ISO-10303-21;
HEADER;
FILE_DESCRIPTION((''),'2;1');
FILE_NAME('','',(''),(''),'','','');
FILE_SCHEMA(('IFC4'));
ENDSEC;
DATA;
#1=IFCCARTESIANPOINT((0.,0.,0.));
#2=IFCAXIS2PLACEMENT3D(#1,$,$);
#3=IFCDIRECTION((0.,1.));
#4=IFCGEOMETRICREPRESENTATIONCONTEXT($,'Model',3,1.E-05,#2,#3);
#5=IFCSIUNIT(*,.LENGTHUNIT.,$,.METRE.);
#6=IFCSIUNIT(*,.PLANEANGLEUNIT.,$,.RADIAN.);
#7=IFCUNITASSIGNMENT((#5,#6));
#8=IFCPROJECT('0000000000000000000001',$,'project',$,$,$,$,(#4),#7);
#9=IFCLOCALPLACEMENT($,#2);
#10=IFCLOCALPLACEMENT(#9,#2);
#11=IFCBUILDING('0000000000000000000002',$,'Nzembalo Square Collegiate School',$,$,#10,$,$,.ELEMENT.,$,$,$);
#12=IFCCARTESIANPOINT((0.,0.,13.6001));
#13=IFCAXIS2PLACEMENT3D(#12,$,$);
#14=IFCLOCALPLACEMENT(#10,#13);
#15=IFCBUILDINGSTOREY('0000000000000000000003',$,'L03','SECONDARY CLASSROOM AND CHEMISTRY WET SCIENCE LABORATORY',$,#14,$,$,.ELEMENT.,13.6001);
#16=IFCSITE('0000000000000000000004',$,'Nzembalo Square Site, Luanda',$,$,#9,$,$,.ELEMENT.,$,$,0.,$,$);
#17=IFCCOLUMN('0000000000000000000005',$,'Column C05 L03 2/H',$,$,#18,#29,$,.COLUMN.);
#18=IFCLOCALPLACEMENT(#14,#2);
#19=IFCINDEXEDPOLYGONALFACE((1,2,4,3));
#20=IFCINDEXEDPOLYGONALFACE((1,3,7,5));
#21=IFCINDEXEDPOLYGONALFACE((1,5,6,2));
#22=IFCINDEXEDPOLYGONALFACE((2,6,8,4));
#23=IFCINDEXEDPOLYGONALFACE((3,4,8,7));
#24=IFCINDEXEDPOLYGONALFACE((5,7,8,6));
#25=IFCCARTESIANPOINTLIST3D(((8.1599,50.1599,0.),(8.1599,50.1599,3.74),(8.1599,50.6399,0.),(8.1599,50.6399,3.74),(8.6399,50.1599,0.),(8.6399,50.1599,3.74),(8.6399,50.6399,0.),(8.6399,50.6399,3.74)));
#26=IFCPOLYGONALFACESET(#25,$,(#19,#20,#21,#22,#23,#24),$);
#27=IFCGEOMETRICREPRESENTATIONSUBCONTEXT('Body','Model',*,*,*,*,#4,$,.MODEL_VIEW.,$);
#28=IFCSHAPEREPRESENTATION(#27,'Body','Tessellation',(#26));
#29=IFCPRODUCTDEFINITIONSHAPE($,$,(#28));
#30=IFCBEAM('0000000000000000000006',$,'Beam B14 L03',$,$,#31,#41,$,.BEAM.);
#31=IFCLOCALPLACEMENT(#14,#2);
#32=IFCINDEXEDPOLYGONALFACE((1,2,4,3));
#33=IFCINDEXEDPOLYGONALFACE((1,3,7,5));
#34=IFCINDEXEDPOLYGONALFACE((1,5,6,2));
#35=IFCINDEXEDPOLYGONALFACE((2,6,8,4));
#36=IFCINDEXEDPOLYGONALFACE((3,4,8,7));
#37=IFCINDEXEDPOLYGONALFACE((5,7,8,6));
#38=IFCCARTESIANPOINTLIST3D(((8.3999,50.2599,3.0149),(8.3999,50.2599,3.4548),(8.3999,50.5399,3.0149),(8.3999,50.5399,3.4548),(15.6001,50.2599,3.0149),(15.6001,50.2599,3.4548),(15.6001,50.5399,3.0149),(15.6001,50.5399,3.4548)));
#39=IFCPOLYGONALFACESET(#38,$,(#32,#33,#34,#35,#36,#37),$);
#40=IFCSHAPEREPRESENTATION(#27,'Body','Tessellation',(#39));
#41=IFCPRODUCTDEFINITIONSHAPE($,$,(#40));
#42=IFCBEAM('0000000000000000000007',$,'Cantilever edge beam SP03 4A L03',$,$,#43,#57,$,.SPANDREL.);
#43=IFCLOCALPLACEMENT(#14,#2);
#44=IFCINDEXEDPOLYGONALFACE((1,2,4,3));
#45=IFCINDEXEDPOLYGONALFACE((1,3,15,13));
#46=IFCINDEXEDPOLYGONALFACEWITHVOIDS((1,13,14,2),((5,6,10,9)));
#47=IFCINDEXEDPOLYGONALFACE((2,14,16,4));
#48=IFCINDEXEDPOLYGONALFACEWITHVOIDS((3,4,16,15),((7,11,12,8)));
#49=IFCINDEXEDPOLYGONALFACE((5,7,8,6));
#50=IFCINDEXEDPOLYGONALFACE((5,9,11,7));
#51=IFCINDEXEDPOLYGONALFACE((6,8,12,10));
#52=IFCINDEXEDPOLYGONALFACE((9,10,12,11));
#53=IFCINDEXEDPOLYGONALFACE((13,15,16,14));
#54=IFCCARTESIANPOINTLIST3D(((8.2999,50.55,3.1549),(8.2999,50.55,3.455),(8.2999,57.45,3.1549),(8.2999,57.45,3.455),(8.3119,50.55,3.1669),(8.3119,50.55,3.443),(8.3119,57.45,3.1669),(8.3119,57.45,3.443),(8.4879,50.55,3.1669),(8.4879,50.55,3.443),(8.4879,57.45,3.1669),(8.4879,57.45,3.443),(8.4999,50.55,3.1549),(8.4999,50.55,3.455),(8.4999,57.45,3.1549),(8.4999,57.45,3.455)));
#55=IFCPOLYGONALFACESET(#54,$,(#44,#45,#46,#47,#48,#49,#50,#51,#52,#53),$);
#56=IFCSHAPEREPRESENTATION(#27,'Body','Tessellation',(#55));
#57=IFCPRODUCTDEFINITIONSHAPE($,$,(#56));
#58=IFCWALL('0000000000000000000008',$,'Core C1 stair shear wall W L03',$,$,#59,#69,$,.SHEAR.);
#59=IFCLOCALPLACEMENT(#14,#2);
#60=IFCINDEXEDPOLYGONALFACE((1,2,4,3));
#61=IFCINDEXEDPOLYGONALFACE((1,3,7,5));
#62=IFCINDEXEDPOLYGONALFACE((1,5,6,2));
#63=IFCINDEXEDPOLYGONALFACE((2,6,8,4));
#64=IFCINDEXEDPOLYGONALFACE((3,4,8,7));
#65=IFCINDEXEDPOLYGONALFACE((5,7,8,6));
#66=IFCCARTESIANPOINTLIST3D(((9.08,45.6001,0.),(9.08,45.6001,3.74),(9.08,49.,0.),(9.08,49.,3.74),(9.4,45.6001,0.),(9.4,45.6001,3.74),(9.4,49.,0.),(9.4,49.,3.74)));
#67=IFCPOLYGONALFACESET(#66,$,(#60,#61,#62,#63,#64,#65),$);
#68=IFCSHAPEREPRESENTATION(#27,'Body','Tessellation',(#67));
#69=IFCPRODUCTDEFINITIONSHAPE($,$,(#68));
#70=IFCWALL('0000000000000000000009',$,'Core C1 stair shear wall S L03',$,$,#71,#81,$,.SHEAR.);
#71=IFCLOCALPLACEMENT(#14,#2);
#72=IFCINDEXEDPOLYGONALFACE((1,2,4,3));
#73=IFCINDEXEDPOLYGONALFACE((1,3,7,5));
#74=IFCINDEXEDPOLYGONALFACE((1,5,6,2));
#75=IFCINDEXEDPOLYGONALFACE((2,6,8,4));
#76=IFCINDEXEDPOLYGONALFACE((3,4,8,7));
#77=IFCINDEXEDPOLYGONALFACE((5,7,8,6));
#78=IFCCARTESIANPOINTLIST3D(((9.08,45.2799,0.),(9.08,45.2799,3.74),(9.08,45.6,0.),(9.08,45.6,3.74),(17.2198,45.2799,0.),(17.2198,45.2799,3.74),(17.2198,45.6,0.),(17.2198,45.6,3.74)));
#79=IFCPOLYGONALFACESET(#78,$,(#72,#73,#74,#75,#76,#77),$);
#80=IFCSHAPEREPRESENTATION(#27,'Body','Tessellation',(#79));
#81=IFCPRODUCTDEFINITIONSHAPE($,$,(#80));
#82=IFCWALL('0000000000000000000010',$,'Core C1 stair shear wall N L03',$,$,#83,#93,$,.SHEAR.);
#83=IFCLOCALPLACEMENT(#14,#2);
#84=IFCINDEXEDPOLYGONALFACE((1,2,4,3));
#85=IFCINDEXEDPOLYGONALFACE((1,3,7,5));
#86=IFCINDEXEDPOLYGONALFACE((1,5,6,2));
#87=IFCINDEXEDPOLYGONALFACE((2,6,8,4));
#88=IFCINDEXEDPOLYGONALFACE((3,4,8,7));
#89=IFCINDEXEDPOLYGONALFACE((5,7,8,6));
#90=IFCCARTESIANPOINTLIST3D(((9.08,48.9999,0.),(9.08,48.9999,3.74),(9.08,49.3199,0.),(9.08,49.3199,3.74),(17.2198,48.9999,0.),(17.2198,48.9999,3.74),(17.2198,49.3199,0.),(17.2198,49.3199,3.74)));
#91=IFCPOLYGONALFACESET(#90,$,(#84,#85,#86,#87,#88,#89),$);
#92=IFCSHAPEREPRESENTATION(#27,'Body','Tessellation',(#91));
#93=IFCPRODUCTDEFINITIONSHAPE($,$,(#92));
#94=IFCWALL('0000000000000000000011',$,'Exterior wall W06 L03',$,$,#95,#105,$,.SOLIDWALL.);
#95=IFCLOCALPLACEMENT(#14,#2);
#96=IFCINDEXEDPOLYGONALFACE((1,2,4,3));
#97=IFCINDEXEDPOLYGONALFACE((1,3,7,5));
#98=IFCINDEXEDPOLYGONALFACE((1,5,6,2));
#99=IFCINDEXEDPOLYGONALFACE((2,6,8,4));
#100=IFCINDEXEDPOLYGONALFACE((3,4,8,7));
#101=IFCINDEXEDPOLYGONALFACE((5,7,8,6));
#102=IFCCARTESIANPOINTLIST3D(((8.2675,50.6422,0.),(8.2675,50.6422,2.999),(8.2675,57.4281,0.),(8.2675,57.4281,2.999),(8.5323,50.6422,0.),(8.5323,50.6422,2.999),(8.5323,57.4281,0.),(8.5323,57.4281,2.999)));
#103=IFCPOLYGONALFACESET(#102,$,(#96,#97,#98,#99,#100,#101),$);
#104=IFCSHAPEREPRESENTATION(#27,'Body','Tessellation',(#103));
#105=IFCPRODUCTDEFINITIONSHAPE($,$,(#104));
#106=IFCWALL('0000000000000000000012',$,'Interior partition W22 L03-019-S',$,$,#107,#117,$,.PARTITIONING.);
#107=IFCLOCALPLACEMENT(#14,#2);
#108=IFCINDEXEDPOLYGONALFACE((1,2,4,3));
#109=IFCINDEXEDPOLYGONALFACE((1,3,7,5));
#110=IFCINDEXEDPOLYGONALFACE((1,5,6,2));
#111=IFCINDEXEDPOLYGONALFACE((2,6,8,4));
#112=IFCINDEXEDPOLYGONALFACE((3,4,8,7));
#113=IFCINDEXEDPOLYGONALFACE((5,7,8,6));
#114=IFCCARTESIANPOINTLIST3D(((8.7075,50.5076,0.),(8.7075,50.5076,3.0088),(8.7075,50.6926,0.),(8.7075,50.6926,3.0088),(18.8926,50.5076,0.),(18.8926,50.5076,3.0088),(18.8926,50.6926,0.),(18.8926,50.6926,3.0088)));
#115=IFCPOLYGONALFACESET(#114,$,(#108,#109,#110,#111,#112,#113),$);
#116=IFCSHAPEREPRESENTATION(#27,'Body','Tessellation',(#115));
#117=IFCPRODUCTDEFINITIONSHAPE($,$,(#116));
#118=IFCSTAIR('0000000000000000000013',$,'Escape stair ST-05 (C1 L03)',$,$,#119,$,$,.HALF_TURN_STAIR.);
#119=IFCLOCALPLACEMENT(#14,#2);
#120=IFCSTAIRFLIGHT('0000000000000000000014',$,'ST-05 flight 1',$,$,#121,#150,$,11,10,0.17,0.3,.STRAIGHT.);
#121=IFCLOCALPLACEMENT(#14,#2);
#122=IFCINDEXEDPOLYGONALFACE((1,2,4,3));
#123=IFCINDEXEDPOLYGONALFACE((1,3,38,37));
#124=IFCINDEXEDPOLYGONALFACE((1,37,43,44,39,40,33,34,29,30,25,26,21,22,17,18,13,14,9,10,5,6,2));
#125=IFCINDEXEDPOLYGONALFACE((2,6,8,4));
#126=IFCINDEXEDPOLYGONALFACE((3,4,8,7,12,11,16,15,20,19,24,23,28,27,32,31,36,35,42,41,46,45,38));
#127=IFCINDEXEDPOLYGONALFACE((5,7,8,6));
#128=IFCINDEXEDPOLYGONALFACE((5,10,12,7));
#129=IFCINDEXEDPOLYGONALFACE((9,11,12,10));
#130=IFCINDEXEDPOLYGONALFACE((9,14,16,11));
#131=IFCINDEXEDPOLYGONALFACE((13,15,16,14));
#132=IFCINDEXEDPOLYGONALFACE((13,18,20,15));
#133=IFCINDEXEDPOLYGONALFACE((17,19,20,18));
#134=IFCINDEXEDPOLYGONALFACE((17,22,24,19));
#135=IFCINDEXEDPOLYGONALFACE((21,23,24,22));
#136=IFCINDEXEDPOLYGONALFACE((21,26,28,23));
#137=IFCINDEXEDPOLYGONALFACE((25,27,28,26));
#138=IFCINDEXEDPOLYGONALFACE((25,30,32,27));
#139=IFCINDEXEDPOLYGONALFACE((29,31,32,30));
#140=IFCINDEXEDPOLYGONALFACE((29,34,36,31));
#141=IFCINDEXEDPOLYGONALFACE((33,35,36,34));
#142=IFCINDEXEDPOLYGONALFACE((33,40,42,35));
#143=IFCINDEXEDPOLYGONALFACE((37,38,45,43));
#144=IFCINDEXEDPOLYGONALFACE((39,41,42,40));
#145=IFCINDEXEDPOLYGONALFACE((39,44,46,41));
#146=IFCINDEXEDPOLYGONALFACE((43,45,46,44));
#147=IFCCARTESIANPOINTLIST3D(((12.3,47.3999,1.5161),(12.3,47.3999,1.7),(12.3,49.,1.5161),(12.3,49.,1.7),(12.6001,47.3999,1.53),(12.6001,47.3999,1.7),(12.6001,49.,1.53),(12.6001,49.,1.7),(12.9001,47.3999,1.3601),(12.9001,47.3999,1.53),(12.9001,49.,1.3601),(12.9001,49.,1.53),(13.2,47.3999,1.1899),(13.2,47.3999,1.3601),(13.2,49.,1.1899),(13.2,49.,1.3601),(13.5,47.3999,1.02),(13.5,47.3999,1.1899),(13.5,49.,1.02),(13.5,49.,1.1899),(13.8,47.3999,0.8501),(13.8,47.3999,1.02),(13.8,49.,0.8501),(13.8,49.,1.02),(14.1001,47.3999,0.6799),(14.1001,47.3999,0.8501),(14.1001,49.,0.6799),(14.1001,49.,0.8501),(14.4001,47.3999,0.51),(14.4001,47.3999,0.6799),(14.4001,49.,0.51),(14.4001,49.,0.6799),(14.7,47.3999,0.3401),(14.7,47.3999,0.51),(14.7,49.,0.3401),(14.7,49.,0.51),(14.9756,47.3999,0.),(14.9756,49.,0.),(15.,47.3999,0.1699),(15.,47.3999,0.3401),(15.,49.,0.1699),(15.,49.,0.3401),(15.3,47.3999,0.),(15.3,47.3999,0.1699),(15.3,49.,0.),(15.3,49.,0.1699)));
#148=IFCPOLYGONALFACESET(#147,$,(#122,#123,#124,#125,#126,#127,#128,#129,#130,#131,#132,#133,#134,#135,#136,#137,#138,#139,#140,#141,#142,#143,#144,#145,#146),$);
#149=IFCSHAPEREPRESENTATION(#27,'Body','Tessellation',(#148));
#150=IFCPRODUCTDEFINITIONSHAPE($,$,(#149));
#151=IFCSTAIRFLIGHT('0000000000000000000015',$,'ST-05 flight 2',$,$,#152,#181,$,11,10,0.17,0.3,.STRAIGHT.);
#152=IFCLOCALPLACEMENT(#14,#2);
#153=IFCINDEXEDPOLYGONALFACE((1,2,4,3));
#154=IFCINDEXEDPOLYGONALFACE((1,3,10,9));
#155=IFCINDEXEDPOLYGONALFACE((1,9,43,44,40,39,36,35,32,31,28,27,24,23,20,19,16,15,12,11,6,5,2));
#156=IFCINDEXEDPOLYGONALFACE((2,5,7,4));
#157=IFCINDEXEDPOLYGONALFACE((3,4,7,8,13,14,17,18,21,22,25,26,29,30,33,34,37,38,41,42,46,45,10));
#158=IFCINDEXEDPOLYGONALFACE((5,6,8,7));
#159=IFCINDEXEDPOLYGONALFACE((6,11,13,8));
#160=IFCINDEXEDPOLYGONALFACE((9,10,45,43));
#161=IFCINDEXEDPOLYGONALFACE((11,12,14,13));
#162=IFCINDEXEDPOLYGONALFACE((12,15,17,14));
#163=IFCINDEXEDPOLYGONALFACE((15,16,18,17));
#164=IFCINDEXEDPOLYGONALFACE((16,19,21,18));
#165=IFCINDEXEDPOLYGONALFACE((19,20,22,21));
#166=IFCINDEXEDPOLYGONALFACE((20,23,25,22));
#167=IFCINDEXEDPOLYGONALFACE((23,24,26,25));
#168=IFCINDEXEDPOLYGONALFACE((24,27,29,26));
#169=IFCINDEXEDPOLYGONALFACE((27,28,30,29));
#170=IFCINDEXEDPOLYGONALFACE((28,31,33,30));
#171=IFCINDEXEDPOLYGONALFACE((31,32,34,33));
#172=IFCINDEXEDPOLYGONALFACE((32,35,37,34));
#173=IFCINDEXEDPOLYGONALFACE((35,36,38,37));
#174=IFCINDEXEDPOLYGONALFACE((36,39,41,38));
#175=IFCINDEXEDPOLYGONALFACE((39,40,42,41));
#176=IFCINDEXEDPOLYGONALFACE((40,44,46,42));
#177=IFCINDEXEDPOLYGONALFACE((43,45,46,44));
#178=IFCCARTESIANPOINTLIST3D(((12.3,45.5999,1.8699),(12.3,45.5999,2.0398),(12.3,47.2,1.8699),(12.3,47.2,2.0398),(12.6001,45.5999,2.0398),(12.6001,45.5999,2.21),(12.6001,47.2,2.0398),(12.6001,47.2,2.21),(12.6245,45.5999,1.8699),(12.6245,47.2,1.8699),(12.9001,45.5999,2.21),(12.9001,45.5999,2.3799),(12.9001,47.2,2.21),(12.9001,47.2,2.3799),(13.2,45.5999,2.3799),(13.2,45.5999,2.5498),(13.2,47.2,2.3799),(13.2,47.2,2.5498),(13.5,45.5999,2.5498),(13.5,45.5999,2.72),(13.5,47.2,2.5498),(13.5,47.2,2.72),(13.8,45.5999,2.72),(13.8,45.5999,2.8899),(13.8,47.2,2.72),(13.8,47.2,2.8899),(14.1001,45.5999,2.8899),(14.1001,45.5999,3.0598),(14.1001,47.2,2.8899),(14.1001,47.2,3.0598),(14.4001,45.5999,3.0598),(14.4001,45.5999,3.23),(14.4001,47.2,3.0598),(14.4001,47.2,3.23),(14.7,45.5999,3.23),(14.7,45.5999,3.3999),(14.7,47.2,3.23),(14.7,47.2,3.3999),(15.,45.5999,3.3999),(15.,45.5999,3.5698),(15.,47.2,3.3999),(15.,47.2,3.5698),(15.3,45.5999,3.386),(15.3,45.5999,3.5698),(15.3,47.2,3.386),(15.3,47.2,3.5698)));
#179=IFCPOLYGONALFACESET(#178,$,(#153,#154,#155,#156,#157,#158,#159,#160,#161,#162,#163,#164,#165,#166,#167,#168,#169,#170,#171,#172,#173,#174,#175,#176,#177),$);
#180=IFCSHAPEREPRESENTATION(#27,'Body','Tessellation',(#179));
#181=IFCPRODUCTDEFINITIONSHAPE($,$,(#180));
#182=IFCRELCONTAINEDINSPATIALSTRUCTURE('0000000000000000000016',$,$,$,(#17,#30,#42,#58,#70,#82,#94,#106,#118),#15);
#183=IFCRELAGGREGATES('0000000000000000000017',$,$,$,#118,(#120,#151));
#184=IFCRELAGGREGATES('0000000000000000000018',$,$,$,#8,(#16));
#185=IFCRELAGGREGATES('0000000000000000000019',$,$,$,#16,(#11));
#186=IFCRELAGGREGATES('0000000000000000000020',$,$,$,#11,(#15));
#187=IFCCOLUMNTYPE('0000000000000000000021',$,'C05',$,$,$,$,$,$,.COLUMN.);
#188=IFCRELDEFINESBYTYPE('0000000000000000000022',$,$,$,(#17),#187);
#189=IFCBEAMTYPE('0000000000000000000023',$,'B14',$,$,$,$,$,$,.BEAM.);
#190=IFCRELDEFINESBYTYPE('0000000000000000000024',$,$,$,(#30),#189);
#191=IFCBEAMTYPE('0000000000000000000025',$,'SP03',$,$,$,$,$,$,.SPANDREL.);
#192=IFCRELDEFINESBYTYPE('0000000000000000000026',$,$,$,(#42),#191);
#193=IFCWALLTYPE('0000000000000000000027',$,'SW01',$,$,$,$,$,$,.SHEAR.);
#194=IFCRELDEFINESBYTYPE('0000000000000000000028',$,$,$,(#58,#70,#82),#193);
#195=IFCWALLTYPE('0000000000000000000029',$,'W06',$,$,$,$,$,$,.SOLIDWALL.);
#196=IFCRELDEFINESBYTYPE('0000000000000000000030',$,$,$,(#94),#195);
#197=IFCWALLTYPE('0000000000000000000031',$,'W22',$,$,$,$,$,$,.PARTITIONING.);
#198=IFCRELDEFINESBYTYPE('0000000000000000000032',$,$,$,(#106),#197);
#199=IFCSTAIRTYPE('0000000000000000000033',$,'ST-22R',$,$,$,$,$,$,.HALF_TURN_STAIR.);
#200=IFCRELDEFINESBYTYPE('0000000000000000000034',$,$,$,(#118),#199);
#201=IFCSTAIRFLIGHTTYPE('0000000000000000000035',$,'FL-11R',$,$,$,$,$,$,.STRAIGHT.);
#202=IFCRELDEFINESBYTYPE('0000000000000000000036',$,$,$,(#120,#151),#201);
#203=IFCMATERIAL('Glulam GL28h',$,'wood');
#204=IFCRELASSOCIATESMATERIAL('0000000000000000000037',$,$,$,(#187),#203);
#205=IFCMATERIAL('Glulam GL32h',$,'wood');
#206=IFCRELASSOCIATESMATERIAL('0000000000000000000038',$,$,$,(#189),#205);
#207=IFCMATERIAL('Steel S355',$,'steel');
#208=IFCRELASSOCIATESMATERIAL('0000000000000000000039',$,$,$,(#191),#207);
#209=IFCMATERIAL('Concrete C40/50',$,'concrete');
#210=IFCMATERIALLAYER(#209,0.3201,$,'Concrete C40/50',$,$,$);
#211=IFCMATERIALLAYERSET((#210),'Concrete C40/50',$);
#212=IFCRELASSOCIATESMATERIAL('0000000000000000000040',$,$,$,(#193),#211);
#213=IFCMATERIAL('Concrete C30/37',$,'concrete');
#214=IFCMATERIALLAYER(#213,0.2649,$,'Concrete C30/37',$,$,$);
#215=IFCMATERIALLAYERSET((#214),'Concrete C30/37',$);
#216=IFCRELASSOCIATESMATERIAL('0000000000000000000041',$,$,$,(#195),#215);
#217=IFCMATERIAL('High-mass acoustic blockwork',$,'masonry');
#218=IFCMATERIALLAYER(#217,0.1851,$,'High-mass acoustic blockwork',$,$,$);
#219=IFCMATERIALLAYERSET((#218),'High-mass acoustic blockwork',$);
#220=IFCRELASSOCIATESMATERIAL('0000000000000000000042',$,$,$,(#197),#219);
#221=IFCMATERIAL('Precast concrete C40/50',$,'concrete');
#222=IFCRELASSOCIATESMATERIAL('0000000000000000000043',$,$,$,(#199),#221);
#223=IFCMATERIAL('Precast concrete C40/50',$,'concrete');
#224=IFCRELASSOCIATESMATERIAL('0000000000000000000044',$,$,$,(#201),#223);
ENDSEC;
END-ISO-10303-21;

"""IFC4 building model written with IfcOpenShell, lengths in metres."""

from ifc_helpers import new_model, si_unit, direction, frame, frame_2d, origin, origin_2d, place, context, subcontext, project, spatial, polyline, rectangle, hollow_rectangle, outline, extrude, material, layer, layer_set, material_profile, profile_set, type_object, element, aggregate, save


model = new_model("IFC4")

# Units and contexts
model_context = context("Model", 3, precision=1e-05, world=origin(), true_north=direction((0.0, 1.0)))
body_context = subcontext(model_context, "Body", "Model", "MODEL_VIEW")
ifc_project = project(units=[si_unit("LENGTHUNIT", "METRE"), si_unit("PLANEANGLEUNIT", "RADIAN")], contexts=[model_context])

# Site, building, storey
site_placement = place(None, origin())
site = spatial("IfcSite", under=ifc_project, at=site_placement, Name="Nzembalo Square Site, Luanda", CompositionType="ELEMENT", RefElevation=0.0)
building_placement = place(site_placement, origin())
building = spatial("IfcBuilding", under=site, at=building_placement, Name="Nzembalo Square Collegiate School", CompositionType="ELEMENT")
storey_placement = place(building_placement, frame((0.0, 0.0, 13.6001)))
storey = spatial("IfcBuildingStorey", under=building, at=storey_placement, Name="L03", Description="SECONDARY CLASSROOM AND CHEMISTRY WET SCIENCE LABORATORY", CompositionType="ELEMENT", Elevation=13.6001)

# Column
ifc_material_1 = material(Name="Glulam GL28h", Category="wood")
ifc_material_profile_1 = material_profile(ifc_material_1, rectangle(XDim=0.48, YDim=0.48, at=origin_2d()), Name="GL28h 480x480")
ifc_profile_set_1 = profile_set([ifc_material_profile_1], Name="Glulam GL28h")
column_type = type_object("IfcColumnType", Name="C05", PredefinedType="COLUMN", material=ifc_profile_set_1)
column_placement = place(storey_placement, frame((8.3999, 50.3999, 0.0), z_axis=(0.0, 0.0, 1.0), x_axis=(1.0, 0.0, 0.0)))
element("IfcColumn", 1, at=column_placement, inside=storey, type_object=column_type, Name="Column C05 L03 2/H", PredefinedType="COLUMN", context=body_context, shape_type="SweptSolid", body=[
    extrude(rectangle(XDim=0.48, YDim=0.48, at=origin_2d()), origin(), (0.0, 0.0, 1.0), 3.74),
])

# Beams
ifc_material_2 = material(Name="Glulam GL32h", Category="wood")
ifc_material_profile_2 = material_profile(ifc_material_2, rectangle(XDim=0.28, YDim=0.4399, at=origin_2d()), Name="GL32h 280x440")
ifc_profile_set_2 = profile_set([ifc_material_profile_2], Name="Glulam GL32h")
beam_type_1 = type_object("IfcBeamType", Name="B14", PredefinedType="BEAM", material=ifc_profile_set_2)
beam_1_placement = place(storey_placement, frame((8.3999, 50.3999, 3.2349), z_axis=(1.0, 0.0, 0.0), x_axis=(0.0, 1.0, 0.0)))
element("IfcBeam", 2, at=beam_1_placement, inside=storey, type_object=beam_type_1, Name="Beam B14 L03", PredefinedType="BEAM", context=body_context, shape_type="SweptSolid", body=[
    extrude(rectangle(XDim=0.28, YDim=0.4399, at=origin_2d()), origin(), (0.0, 0.0, 1.0), 7.2002),
])
ifc_material_3 = material(Name="Steel S355", Category="steel")
ifc_material_profile_3 = material_profile(ifc_material_3, hollow_rectangle(XDim=0.2, YDim=0.3, WallThickness=0.012, at=origin_2d()), Name="RHS 300x200x12")
ifc_profile_set_3 = profile_set([ifc_material_profile_3], Name="Steel S355")
beam_type_2 = type_object("IfcBeamType", Name="SP03", PredefinedType="SPANDREL", material=ifc_profile_set_3)
beam_2_placement = place(storey_placement, frame((8.3999, 50.55, 3.3049), z_axis=(0.0, 1.0, 0.0), x_axis=(-1.0, 0.0, 0.0)))
element("IfcBeam", 3, at=beam_2_placement, inside=storey, type_object=beam_type_2, Name="Cantilever edge beam SP03 4A L03", PredefinedType="SPANDREL", context=body_context, shape_type="SweptSolid", body=[
    extrude(hollow_rectangle(XDim=0.2, YDim=0.3, WallThickness=0.012, at=origin_2d()), origin(), (0.0, 0.0, 1.0), 6.8999),
])

# Walls
ifc_material_4 = material(Name="Concrete C40/50", Category="concrete")
ifc_layer_1 = layer(ifc_material_4, 0.3201, Name="Concrete C40/50")
ifc_layer_set_1 = layer_set([ifc_layer_1], Name="Concrete C40/50")
wall_type_1 = type_object("IfcWallType", Name="SW01", PredefinedType="SHEAR", material=ifc_layer_set_1)
wall_1_placement = place(storey_placement, frame((9.24, 45.6001, 0.0), z_axis=(0.0, 0.0, 1.0), x_axis=(0.0, 1.0, 0.0)))
element("IfcWall", 4, at=wall_1_placement, inside=storey, type_object=wall_type_1, Name="Core C1 stair shear wall W L03", PredefinedType="SHEAR", context=body_context, shape_type="SweptSolid", body=[
    extrude(rectangle(XDim=3.3999, YDim=0.3201, at=frame_2d((1.7, 0.0))), origin(), (0.0, 0.0, 1.0), 3.74),
])
for number, where, z_axis, x_axis, name in (
    (5, (9.0801, 45.4399, 0.0), (0.0, 0.0, 1.0), (1.0, 0.0, 0.0), "Core C1 stair shear wall S L03"),
    (6, (9.0801, 49.1599, 0.0), (0.0, 0.0, 1.0), (1.0, 0.0, 0.0), "Core C1 stair shear wall N L03"),
):
    element("IfcWall", number, at=place(storey_placement, frame(where, z_axis=z_axis, x_axis=x_axis)), inside=storey, type_object=wall_type_1, Name=name, PredefinedType="SHEAR", context=body_context, shape_type="SweptSolid", body=[
        extrude(rectangle(XDim=8.1399, YDim=0.3201, at=frame_2d((4.0698, 0.0))), origin(), (0.0, 0.0, 1.0), 3.74),
    ])
ifc_material_5 = material(Name="Concrete C30/37", Category="concrete")
ifc_layer_2 = layer(ifc_material_5, 0.2649, Name="Concrete C30/37")
ifc_layer_set_2 = layer_set([ifc_layer_2], Name="Concrete C30/37")
wall_type_2 = type_object("IfcWallType", Name="W06", PredefinedType="SOLIDWALL", material=ifc_layer_set_2)
wall_2_placement = place(storey_placement, frame((8.3999, 50.6421, 0.0), z_axis=(0.0, 0.0, 1.0), x_axis=(0.0, 1.0, 0.0)))
element("IfcWall", 7, at=wall_2_placement, inside=storey, type_object=wall_type_2, Name="Exterior wall W06 L03", PredefinedType="SOLIDWALL", context=body_context, shape_type="SweptSolid", body=[
    extrude(rectangle(XDim=6.7859, YDim=0.2649, at=frame_2d((3.3931, 0.0))), origin(), (0.0, 0.0, 1.0), 2.999),
])
ifc_material_6 = material(Name="High-mass acoustic blockwork", Category="masonry")
ifc_layer_3 = layer(ifc_material_6, 0.1851, Name="High-mass acoustic blockwork")
ifc_layer_set_3 = layer_set([ifc_layer_3], Name="High-mass acoustic blockwork")
wall_type_3 = type_object("IfcWallType", Name="W22", PredefinedType="PARTITIONING", material=ifc_layer_set_3)
wall_3_placement = place(storey_placement, frame((8.7075, 50.6001, 0.0), z_axis=(0.0, 0.0, 1.0), x_axis=(1.0, 0.0, 0.0)))
element("IfcWall", 8, at=wall_3_placement, inside=storey, type_object=wall_type_3, Name="Interior partition W22 L03-019-S", PredefinedType="PARTITIONING", context=body_context, shape_type="SweptSolid", body=[
    extrude(rectangle(XDim=10.1851, YDim=0.1851, at=frame_2d((5.0925, 0.0))), origin(), (0.0, 0.0, 1.0), 3.0088),
])

# Stair, stair flights
ifc_material_7 = material(Name="Precast concrete C40/50", Category="concrete")
stair_type = type_object("IfcStairType", Name="ST-22R", PredefinedType="HALF_TURN_STAIR", material=ifc_material_7)
stair_placement = place(storey_placement, origin())
stair = element("IfcStair", 9, at=stair_placement, inside=storey, type_object=stair_type, Name="Escape stair ST-05 (C1 L03)", PredefinedType="HALF_TURN_STAIR")
ifc_material_8 = material(Name="Precast concrete C40/50", Category="concrete")
stair_flight_type = type_object("IfcStairFlightType", Name="FL-11R", PredefinedType="STRAIGHT", material=ifc_material_8)
stair_flight_1_placement = place(storey_placement, frame((15.3, 48.2, 0.0), z_axis=(0.0, 0.0, 1.0), x_axis=(-1.0, 0.0, 0.0)))
stair_flight_1 = element("IfcStairFlight", 10, at=stair_flight_1_placement, type_object=stair_flight_type, Name="ST-05 flight 1", NumberOfRisers=11, NumberOfTreads=10, PredefinedType="STRAIGHT", RiserHeight=0.17, TreadLength=0.3, context=body_context, shape_type="SweptSolid", body=[
    extrude(outline(polyline([(0.0, 0.0), (0.0, 0.1699), (0.3, 0.1699), (0.3, 0.3401), (0.6001, 0.3401), (0.6001, 0.51), (0.8999, 0.51), (0.8999, 0.6799), (1.2, 0.6799), (1.2, 0.8501), (1.5, 0.8501), (1.5, 1.02), (1.8, 1.02), (1.8, 1.1899), (2.1001, 1.1899), (2.1001, 1.3601), (2.3999, 1.3601), (2.3999, 1.53), (2.7, 1.53), (2.7, 1.7), (3.0, 1.7), (3.0, 1.8701), (3.0, 1.5161), (0.3245, 0.0), (0.0, 0.0)])), frame((0.0, 0.8, 0.0), z_axis=(0.0, -1.0, 0.0), x_axis=(1.0, 0.0, 0.0)), (0.0, 0.0, 1.0), 1.6001),
])
stair_flight_2_placement = place(storey_placement, frame((12.3, 46.3999, 1.8699), z_axis=(0.0, 0.0, 1.0), x_axis=(1.0, 0.0, 0.0)))
stair_flight_2 = element("IfcStairFlight", 11, at=stair_flight_2_placement, type_object=stair_flight_type, Name="ST-05 flight 2", NumberOfRisers=11, NumberOfTreads=10, PredefinedType="STRAIGHT", RiserHeight=0.17, TreadLength=0.3, context=body_context, shape_type="SweptSolid", body=[
    extrude(outline(polyline([(0.0, 0.0), (0.0, 0.1699), (0.3, 0.1699), (0.3, 0.3401), (0.6001, 0.3401), (0.6001, 0.51), (0.8999, 0.51), (0.8999, 0.6799), (1.2, 0.6799), (1.2, 0.8501), (1.5, 0.8501), (1.5, 1.02), (1.8, 1.02), (1.8, 1.1899), (2.1001, 1.1899), (2.1001, 1.3601), (2.3999, 1.3601), (2.3999, 1.53), (2.7, 1.53), (2.7, 1.7), (3.0, 1.7), (3.0, 1.8701), (3.0, 1.5161), (0.3245, 0.0), (0.0, 0.0)])), frame((0.0, 0.8, 0.0), z_axis=(0.0, -1.0, 0.0), x_axis=(1.0, 0.0, 0.0)), (0.0, 0.0, 1.0), 1.6001),
])
aggregate(stair, [stair_flight_1, stair_flight_2])

save(model, "model.ifc")
